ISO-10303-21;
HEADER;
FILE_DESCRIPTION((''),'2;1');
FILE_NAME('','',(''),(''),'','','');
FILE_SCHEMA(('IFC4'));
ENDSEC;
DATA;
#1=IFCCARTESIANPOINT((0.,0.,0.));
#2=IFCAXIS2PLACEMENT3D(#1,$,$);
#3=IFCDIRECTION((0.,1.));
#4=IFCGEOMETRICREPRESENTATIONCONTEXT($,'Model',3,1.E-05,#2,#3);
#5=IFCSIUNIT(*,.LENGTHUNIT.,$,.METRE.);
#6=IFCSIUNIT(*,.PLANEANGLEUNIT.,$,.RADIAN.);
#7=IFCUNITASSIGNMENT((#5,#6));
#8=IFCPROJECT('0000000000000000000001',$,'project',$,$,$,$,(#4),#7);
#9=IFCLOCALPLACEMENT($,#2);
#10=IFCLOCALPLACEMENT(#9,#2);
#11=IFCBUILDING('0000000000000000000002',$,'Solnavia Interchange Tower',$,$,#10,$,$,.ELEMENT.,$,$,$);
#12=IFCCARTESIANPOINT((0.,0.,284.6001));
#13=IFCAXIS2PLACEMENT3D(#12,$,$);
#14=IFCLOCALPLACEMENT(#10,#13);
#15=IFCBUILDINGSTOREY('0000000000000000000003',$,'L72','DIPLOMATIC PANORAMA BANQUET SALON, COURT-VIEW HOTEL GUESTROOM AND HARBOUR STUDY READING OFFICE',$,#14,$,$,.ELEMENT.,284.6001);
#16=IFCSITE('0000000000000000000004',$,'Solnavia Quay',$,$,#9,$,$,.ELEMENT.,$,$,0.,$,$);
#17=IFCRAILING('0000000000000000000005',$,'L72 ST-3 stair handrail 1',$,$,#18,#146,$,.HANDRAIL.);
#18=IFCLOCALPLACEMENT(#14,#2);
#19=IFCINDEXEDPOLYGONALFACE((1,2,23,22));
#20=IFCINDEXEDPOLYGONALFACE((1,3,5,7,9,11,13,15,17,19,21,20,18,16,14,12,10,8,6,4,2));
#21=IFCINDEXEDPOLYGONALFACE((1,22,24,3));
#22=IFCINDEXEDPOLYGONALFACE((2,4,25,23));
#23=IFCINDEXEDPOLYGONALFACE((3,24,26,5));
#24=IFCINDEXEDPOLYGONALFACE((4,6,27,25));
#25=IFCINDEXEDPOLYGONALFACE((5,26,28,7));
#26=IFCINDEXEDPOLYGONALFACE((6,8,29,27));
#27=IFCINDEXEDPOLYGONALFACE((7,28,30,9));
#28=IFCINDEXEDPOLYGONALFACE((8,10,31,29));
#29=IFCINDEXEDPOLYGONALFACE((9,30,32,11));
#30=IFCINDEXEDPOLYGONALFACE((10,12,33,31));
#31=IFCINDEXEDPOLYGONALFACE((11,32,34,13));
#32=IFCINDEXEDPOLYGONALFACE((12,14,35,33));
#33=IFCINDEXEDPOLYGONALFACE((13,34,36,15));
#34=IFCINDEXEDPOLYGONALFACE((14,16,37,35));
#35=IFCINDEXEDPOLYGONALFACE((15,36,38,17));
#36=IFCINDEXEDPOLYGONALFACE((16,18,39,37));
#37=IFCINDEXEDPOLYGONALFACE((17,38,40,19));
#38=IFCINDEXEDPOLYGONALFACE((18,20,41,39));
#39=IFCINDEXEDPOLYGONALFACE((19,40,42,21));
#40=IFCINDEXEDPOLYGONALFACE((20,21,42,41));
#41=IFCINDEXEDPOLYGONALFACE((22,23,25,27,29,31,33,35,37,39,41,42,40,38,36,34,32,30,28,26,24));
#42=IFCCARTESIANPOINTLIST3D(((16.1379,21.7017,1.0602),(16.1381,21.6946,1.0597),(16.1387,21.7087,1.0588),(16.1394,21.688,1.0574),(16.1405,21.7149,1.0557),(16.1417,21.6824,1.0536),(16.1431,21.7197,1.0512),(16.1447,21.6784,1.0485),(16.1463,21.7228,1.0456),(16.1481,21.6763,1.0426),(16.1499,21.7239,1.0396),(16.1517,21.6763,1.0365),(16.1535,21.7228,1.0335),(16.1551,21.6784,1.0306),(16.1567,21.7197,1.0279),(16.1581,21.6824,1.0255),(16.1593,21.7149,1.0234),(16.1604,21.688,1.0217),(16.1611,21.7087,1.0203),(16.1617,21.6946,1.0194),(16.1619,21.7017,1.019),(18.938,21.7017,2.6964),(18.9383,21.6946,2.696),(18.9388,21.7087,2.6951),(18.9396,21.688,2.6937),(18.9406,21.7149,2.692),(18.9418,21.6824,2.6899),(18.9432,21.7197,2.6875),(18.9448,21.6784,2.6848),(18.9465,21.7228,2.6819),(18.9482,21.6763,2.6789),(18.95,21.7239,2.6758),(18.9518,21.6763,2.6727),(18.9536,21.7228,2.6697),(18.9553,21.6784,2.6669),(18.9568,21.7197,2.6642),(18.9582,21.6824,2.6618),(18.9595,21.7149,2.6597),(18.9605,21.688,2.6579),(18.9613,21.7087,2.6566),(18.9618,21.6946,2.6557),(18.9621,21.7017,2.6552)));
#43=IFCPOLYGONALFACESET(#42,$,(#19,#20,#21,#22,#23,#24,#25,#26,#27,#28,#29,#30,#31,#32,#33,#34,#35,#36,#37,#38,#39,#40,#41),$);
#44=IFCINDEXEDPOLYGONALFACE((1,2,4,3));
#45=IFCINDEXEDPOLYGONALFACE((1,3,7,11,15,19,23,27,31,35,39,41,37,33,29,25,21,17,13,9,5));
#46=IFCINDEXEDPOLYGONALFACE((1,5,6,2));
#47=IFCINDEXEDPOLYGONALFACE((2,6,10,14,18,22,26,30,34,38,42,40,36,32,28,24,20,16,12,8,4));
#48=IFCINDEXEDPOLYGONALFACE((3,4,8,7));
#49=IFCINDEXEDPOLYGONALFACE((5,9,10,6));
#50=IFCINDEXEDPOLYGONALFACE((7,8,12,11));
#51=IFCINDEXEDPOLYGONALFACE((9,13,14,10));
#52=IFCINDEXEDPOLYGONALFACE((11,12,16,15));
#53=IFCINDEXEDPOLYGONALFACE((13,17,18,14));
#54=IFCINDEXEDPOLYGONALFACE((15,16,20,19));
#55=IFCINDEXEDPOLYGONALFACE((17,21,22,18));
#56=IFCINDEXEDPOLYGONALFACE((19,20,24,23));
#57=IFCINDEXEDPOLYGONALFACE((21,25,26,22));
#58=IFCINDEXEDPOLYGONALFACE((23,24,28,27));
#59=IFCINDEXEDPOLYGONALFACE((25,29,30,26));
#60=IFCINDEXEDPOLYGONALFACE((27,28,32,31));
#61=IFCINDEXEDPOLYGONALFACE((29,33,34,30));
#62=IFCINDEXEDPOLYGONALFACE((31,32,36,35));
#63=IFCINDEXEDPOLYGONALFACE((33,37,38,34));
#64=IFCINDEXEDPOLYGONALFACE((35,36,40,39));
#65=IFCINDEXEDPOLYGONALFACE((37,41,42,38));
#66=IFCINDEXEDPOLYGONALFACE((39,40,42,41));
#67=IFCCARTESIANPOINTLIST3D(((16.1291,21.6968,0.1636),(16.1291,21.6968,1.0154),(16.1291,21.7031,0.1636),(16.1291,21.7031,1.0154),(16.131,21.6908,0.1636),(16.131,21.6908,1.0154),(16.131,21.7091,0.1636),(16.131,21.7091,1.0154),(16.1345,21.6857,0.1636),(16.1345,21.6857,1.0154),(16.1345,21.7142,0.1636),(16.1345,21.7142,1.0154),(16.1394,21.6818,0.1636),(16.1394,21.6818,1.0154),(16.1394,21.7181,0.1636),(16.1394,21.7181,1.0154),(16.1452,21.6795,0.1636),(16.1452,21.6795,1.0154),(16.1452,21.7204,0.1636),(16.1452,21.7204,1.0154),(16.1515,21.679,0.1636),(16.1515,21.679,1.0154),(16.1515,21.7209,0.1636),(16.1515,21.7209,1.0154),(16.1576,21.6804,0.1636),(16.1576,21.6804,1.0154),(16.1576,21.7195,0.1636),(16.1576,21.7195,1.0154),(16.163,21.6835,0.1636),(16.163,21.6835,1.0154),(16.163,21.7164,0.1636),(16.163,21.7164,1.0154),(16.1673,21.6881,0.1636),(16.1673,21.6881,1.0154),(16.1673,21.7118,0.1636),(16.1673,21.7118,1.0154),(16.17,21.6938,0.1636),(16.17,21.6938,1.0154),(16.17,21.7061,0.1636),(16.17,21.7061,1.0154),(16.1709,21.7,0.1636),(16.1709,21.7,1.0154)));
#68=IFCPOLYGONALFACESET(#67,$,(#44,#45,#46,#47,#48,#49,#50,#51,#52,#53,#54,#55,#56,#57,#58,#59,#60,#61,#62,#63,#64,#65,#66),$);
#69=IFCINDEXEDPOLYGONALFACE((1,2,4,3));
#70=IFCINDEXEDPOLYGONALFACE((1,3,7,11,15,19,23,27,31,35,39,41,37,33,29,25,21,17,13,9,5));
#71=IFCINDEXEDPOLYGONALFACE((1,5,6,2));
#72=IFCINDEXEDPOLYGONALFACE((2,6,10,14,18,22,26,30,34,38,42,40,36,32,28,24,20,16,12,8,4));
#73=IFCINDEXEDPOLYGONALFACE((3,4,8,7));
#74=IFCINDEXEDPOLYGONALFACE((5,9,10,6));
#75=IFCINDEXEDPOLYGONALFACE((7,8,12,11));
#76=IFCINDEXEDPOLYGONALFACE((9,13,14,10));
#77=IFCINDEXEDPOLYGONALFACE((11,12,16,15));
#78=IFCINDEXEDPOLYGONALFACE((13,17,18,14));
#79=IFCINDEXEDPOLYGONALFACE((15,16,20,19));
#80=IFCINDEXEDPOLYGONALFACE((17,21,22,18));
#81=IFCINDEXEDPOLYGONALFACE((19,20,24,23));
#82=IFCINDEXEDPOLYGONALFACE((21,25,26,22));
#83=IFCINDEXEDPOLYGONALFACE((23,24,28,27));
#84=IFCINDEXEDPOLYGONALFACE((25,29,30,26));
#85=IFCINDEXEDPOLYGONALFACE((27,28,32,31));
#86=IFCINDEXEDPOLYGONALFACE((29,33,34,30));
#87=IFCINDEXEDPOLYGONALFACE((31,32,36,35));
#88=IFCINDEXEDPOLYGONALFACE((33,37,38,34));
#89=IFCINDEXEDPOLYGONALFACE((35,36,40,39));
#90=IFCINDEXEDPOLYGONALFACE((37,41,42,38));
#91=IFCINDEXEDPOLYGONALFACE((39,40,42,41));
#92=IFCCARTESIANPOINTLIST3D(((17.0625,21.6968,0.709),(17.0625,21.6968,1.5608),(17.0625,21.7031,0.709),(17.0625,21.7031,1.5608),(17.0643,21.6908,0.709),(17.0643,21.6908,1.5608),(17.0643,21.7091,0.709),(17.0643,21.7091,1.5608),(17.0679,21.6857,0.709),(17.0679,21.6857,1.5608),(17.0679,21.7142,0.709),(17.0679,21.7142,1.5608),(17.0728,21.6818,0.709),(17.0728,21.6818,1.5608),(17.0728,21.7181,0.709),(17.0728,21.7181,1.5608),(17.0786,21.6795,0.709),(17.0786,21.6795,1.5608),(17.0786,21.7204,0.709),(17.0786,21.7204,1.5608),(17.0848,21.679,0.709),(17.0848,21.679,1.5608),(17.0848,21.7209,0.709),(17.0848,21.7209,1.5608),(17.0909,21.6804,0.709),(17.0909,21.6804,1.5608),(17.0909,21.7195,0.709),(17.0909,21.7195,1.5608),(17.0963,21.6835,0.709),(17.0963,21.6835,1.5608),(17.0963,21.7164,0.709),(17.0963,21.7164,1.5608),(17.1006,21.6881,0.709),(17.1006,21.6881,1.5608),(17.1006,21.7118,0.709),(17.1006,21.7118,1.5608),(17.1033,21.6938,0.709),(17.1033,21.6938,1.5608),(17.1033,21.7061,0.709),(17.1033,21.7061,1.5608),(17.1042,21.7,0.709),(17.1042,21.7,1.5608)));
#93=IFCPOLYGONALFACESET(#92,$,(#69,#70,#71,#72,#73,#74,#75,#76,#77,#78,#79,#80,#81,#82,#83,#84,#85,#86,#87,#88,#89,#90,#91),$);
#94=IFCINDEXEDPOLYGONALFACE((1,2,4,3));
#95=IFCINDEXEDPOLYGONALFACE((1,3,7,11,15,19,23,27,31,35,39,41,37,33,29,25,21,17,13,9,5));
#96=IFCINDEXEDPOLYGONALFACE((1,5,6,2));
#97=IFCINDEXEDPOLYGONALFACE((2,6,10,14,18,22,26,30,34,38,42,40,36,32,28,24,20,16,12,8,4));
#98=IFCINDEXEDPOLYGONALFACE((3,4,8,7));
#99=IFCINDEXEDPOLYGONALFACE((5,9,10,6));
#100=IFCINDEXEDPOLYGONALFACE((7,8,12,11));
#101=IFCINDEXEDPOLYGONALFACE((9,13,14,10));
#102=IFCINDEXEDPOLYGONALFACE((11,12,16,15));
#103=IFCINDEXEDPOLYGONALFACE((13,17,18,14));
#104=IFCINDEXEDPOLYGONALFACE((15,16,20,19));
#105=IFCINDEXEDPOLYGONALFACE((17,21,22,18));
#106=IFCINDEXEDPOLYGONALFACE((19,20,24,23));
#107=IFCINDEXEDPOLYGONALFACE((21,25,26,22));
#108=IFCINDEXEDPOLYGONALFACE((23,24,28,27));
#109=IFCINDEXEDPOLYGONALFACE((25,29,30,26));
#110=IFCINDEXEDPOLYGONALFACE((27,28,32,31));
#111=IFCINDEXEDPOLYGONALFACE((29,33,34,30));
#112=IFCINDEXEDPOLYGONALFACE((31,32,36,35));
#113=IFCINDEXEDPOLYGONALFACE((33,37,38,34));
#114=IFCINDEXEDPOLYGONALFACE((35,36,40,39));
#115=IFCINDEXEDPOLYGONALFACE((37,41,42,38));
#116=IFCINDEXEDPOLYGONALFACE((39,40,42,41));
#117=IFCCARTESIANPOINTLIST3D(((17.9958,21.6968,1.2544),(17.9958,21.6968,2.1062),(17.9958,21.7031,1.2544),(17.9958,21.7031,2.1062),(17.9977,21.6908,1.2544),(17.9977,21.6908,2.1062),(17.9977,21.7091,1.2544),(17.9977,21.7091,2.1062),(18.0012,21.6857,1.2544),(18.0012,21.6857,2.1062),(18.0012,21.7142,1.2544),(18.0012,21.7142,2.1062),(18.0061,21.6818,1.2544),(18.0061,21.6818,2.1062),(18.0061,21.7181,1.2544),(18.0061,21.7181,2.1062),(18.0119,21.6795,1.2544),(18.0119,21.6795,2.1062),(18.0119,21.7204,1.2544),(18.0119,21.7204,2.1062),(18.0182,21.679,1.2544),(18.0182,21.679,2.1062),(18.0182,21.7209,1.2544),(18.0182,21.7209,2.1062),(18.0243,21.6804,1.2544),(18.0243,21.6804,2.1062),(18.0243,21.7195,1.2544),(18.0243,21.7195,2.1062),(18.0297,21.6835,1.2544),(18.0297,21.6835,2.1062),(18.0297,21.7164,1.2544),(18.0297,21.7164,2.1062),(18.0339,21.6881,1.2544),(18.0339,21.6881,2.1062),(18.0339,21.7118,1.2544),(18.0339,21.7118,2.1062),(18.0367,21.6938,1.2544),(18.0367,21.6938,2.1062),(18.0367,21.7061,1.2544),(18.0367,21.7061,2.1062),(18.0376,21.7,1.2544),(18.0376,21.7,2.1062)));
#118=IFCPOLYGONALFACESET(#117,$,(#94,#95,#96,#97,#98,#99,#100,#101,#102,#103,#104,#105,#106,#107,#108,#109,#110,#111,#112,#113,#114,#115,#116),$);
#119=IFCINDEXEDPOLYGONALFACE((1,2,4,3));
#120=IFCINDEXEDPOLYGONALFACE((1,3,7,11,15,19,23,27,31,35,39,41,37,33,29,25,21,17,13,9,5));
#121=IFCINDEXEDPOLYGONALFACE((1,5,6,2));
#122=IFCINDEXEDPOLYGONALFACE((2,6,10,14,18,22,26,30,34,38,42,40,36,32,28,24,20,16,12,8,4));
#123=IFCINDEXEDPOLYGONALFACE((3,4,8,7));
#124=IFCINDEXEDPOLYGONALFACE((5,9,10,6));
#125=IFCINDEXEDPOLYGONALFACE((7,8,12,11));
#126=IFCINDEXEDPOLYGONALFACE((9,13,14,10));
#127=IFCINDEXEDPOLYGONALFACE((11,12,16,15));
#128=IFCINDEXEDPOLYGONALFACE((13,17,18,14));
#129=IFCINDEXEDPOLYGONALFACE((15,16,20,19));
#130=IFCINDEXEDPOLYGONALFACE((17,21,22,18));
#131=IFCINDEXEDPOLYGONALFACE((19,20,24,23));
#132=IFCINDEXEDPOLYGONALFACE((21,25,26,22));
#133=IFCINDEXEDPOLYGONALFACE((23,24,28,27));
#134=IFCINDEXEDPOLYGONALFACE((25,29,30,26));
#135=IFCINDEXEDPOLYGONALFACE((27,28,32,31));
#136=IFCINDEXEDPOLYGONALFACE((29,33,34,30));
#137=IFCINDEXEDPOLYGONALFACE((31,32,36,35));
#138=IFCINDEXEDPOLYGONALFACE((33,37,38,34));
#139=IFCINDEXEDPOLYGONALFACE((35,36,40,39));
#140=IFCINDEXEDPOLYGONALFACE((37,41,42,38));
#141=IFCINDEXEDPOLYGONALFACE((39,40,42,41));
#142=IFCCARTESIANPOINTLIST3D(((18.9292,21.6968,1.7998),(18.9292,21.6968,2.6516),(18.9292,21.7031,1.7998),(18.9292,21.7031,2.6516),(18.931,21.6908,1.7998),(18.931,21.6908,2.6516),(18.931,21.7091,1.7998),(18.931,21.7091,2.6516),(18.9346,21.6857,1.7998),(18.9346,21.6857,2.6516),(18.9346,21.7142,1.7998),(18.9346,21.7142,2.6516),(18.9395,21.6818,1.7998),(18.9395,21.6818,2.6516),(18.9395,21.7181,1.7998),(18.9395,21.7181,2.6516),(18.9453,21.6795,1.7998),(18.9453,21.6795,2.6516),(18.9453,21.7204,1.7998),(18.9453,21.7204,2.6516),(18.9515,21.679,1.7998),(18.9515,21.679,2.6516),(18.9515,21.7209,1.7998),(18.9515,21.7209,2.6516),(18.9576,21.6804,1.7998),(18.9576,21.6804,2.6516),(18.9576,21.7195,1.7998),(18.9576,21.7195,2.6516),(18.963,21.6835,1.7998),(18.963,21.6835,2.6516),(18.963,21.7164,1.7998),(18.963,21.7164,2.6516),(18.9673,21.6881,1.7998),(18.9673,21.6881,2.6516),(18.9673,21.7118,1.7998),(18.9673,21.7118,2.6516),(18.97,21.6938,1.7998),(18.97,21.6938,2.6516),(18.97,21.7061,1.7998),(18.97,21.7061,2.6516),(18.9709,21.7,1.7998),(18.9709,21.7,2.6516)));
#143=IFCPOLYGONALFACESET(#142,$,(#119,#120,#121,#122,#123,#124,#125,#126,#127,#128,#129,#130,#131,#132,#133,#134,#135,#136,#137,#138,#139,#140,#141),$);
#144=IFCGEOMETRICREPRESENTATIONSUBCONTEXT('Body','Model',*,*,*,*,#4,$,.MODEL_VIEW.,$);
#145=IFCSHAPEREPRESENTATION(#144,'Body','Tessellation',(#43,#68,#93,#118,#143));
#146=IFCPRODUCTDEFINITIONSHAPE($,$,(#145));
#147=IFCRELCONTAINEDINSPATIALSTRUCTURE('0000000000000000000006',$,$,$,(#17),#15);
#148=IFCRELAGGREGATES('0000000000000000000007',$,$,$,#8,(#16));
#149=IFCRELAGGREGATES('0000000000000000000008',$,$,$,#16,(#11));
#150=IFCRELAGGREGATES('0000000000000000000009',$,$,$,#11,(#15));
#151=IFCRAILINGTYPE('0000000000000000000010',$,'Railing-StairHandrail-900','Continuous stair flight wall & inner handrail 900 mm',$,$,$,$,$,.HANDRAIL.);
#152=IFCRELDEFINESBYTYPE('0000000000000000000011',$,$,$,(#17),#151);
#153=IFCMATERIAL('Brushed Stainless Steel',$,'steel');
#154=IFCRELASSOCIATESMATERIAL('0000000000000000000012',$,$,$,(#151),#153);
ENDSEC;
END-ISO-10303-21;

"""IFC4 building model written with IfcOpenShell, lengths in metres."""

from ifc_helpers import new_model, si_unit, direction, frame, origin, origin_2d, place, context, subcontext, project, spatial, circle, extrude, material, type_object, element, save


model = new_model("IFC4")

# Units and contexts
model_context = context("Model", 3, precision=1e-05, world=origin(), true_north=direction((0.0, 1.0)))
body_context = subcontext(model_context, "Body", "Model", "MODEL_VIEW")
ifc_project = project(units=[si_unit("LENGTHUNIT", "METRE"), si_unit("PLANEANGLEUNIT", "RADIAN")], contexts=[model_context])

# Site, building, storey
site_placement = place(None, origin())
site = spatial("IfcSite", under=ifc_project, at=site_placement, Name="Solnavia Quay", CompositionType="ELEMENT", RefElevation=0.0)
building_placement = place(site_placement, origin())
building = spatial("IfcBuilding", under=site, at=building_placement, Name="Solnavia Interchange Tower", CompositionType="ELEMENT")
storey_placement = place(building_placement, frame((0.0, 0.0, 284.6001)))
storey = spatial("IfcBuildingStorey", under=building, at=storey_placement, Name="L72", Description="DIPLOMATIC PANORAMA BANQUET SALON, COURT-VIEW HOTEL GUESTROOM AND HARBOUR STUDY READING OFFICE", CompositionType="ELEMENT", Elevation=284.6001)

# Railing
ifc_material_1 = material(Name="Brushed Stainless Steel", Category="steel")
railing_type_1 = type_object("IfcRailingType", Name="Railing-StairHandrail-900", Description="Continuous stair flight wall & inner handrail 900 mm", PredefinedType="HANDRAIL", material=ifc_material_1)
railing_1_placement = place(storey_placement, frame((16.1499, 21.7, 0.1636)))
element("IfcRailing", 1, at=railing_1_placement, inside=storey, type_object=railing_type_1, Name="L72 ST-3 stair handrail 1", PredefinedType="HANDRAIL", context=body_context, shape_type="SweptSolid", body=[
    extrude(circle(Radius=0.0239, at=origin_2d()), frame((0.0, 0.0, 0.876), z_axis=(0.863394, 0.0, 0.504531), x_axis=(0.0, 1.0, 0.0)), (0.0, 0.0, 1.0), 3.2432),
    extrude(circle(Radius=0.021, at=origin_2d()), origin(), (0.0, 0.0, 1.0), 0.8518),
    extrude(circle(Radius=0.021, at=origin_2d()), frame((0.9333, 0.0, 0.5454)), (0.0, 0.0, 1.0), 0.8518),
    extrude(circle(Radius=0.021, at=origin_2d()), frame((1.8667, 0.0, 1.0908)), (0.0, 0.0, 1.0), 0.8518),
    extrude(circle(Radius=0.021, at=origin_2d()), frame((2.8, 0.0, 1.6362)), (0.0, 0.0, 1.0), 0.8518),
])

save(model, "model.ifc")
